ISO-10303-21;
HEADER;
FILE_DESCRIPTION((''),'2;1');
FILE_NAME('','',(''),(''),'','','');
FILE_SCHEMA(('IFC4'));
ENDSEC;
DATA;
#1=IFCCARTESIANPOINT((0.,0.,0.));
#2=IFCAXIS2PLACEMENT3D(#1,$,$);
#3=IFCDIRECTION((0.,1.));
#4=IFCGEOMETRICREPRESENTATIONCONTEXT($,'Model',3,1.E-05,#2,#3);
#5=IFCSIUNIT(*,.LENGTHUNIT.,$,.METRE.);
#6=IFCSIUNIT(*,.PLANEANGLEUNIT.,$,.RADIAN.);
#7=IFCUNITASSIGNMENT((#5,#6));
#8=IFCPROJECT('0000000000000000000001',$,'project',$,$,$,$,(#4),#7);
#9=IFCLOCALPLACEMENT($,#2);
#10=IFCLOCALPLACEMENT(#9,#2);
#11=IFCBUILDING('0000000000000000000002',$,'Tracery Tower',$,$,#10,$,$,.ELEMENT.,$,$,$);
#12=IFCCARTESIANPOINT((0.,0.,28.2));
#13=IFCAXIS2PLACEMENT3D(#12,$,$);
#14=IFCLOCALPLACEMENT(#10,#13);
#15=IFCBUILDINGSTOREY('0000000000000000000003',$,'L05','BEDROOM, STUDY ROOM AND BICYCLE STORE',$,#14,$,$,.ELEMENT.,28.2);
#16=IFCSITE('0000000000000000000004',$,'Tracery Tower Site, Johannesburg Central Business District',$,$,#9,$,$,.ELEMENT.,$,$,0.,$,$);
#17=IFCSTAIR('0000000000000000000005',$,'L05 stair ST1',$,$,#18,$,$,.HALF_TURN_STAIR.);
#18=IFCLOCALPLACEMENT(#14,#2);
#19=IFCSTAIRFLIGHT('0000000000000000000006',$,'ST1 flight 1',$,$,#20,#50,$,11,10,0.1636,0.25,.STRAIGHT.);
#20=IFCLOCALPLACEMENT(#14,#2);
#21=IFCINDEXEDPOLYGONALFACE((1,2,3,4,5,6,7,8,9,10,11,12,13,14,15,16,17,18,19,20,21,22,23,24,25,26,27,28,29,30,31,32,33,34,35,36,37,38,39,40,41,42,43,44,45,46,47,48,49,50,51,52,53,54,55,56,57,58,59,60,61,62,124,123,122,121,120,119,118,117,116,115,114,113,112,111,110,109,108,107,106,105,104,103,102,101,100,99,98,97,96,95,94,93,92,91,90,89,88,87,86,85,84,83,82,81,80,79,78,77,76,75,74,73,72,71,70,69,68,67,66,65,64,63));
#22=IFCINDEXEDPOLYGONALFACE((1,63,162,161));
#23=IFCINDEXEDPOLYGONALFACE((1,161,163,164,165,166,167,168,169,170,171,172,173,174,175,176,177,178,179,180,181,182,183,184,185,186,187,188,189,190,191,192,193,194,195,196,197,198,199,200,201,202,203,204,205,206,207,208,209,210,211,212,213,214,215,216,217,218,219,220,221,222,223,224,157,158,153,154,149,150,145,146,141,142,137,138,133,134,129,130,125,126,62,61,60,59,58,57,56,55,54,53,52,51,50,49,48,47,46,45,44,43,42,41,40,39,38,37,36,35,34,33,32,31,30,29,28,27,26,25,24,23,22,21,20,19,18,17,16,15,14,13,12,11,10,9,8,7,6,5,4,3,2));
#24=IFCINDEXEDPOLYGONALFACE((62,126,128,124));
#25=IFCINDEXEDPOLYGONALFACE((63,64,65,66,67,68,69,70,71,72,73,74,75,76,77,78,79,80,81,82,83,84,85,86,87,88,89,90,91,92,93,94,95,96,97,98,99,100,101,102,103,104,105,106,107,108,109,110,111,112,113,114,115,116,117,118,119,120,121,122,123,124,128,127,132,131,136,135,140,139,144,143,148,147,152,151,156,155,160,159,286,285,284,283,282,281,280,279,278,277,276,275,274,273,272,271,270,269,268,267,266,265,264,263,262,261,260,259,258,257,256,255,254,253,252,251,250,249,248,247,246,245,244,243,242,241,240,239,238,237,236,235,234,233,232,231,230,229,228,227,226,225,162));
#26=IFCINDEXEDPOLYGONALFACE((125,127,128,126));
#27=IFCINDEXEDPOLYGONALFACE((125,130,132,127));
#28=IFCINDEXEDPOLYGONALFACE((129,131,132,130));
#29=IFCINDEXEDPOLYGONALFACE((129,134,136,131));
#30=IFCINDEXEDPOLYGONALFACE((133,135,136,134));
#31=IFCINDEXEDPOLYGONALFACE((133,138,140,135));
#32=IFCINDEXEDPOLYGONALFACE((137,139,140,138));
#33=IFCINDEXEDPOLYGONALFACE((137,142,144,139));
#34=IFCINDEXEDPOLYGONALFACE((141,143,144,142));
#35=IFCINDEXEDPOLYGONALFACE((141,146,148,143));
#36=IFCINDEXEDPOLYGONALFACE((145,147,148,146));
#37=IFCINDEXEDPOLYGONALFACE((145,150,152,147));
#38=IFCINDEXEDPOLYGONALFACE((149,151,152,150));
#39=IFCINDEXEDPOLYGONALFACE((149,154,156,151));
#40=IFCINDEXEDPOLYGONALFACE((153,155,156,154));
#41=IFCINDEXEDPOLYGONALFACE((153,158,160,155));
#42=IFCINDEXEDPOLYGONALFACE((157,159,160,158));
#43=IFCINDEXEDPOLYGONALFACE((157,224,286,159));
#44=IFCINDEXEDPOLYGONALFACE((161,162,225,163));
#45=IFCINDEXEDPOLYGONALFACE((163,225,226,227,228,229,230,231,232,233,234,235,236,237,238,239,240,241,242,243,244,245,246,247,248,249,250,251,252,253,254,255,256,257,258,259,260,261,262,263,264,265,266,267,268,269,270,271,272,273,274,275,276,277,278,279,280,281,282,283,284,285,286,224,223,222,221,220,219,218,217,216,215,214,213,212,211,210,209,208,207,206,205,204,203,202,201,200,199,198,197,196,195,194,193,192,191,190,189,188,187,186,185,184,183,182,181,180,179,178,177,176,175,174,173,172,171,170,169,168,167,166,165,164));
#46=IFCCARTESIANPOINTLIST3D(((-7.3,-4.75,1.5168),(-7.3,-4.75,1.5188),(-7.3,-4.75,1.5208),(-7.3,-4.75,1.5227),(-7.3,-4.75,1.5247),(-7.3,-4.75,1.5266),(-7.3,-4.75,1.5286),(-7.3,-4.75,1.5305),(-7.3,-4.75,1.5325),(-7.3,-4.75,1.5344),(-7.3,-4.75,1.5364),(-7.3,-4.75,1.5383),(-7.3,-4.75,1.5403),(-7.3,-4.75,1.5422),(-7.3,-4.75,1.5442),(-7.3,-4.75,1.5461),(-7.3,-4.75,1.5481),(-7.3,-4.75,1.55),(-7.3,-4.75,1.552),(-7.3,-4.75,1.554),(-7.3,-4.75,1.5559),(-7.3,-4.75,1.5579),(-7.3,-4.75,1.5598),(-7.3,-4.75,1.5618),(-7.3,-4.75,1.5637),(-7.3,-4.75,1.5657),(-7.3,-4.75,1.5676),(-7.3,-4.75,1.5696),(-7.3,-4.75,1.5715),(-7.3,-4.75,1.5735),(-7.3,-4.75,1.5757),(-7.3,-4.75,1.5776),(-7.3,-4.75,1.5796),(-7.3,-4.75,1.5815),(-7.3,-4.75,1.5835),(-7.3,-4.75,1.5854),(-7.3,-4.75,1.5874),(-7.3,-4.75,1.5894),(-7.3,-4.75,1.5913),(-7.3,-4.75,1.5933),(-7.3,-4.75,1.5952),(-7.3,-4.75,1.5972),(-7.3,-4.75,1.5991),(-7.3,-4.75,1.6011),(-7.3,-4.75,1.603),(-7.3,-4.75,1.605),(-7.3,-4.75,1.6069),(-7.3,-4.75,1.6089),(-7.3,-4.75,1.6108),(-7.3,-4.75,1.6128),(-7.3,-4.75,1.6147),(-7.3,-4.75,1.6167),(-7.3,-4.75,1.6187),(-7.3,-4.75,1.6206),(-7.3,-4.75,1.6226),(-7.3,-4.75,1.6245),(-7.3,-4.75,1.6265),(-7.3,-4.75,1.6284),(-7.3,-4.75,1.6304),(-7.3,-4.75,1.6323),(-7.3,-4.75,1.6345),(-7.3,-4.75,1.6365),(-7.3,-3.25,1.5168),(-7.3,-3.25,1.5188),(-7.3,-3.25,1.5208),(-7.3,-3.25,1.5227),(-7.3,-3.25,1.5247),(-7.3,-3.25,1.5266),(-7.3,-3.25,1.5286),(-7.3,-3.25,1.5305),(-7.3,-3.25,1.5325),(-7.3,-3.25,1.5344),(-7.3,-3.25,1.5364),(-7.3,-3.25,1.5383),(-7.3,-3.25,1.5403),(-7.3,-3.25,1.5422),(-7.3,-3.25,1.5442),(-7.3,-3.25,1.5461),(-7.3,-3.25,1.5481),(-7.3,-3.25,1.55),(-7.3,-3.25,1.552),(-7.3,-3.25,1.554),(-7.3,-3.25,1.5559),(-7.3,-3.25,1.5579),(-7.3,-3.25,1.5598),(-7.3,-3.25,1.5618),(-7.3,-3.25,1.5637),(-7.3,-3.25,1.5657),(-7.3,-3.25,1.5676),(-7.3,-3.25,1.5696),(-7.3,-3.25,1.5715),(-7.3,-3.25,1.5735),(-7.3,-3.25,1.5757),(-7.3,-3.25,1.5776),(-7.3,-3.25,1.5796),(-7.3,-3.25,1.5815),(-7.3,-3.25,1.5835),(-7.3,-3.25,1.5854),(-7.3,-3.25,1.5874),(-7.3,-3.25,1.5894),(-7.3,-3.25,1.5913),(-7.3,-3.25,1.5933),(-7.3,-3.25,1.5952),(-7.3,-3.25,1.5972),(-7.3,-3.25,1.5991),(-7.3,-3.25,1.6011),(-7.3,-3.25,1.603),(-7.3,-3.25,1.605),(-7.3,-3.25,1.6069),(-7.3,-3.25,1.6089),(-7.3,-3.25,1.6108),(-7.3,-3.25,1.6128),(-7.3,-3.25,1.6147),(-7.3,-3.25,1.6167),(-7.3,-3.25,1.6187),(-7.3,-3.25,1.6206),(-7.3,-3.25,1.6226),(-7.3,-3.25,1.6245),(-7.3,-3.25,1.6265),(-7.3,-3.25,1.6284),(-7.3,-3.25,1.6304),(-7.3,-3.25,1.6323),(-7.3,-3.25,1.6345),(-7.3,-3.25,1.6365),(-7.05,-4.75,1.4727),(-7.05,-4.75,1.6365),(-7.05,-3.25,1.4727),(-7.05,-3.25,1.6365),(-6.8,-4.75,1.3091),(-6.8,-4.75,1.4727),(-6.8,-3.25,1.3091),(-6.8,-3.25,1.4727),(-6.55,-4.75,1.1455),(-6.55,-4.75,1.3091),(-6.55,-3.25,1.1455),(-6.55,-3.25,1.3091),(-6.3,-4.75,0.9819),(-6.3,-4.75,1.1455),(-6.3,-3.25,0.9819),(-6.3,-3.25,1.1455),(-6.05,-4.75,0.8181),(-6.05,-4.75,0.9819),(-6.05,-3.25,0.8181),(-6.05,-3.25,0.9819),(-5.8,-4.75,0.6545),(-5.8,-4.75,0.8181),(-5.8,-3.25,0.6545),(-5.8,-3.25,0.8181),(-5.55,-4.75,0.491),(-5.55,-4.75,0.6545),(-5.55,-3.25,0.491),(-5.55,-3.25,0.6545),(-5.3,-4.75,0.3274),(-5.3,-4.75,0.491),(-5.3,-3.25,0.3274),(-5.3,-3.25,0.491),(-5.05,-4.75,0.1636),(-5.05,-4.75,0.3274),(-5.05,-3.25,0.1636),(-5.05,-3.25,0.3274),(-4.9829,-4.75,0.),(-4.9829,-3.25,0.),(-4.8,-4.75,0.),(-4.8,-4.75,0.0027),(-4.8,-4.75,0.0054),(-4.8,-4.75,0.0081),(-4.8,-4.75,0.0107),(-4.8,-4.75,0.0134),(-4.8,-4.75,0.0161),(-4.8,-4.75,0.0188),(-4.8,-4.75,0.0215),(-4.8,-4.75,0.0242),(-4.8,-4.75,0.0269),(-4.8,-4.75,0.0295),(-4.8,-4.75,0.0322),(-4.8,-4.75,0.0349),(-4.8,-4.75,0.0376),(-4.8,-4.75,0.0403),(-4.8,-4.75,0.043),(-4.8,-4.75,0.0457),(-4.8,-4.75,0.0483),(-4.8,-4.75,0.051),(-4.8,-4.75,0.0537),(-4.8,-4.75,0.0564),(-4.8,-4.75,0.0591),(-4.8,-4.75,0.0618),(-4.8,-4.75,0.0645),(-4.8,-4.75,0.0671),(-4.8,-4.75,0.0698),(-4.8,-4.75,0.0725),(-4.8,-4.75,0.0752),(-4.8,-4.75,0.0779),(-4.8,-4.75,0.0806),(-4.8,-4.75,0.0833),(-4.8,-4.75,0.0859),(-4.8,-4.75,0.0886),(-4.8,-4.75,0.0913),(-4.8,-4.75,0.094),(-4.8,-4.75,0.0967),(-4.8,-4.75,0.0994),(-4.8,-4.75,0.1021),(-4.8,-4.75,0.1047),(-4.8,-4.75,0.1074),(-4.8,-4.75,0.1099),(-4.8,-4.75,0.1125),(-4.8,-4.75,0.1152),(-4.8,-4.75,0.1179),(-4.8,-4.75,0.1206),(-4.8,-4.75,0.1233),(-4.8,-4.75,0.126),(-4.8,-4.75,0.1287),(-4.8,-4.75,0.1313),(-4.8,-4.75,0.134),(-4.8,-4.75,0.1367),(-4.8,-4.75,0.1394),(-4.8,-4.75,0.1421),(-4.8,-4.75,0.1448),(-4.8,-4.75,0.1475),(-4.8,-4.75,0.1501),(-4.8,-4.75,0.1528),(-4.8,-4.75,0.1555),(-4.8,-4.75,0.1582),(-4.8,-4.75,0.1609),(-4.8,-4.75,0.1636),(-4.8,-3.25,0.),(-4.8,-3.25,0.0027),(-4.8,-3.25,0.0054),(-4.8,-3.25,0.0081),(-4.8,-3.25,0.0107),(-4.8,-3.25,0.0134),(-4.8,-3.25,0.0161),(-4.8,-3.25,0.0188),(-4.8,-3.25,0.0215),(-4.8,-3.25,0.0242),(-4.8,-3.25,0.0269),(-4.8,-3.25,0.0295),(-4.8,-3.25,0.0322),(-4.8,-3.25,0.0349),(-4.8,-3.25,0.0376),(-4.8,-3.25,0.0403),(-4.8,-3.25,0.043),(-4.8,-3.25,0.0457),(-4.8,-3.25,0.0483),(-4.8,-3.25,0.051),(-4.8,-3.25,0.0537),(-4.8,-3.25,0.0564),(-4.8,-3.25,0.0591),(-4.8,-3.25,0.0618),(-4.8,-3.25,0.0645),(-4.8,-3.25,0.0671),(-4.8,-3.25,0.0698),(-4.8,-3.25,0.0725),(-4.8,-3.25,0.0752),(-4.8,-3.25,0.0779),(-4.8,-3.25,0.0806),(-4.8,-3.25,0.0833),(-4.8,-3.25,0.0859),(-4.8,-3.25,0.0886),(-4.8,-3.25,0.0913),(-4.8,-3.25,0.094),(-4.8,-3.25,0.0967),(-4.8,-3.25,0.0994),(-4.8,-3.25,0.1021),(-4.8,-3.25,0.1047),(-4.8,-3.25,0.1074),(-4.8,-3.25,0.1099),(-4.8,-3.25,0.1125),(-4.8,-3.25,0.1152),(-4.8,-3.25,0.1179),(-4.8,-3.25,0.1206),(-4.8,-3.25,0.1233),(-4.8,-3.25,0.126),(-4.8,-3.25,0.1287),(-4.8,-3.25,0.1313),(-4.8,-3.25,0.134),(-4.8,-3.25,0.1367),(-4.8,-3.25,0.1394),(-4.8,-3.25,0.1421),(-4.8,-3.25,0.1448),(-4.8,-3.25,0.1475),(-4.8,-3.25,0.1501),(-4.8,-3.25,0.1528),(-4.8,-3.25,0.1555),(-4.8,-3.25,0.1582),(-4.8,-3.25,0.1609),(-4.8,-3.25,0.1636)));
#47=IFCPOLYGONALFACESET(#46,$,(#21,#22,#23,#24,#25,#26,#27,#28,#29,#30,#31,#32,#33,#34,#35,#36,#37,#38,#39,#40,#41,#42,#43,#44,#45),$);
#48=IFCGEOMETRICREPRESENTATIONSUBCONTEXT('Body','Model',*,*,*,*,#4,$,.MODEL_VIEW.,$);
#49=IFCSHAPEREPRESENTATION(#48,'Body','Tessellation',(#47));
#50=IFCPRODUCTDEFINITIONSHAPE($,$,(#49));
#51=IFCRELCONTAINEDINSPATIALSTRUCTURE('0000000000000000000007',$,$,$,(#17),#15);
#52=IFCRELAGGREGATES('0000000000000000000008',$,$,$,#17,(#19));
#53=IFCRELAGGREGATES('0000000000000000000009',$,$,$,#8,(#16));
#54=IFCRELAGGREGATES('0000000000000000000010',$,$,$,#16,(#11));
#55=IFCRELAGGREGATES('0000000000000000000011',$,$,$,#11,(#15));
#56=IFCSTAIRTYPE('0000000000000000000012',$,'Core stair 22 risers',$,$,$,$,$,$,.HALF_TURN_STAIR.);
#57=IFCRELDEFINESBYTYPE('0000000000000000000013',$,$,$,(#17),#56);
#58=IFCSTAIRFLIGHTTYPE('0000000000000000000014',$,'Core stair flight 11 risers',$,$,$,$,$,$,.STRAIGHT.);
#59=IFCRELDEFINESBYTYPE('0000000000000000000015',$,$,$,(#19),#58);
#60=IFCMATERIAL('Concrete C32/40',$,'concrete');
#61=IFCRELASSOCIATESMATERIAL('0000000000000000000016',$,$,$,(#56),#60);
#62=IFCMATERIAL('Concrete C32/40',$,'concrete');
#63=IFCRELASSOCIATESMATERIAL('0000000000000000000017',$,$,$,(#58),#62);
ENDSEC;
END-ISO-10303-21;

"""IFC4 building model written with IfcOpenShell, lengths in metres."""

from ifc_helpers import new_model, si_unit, direction, frame, origin, place, context, subcontext, project, spatial, polyline, outline, extrude, material, type_object, element, aggregate, save


model = new_model("IFC4")

# Units and contexts
model_context = context("Model", 3, precision=1e-05, world=origin(), true_north=direction((0.0, 1.0)))
body_context = subcontext(model_context, "Body", "Model", "MODEL_VIEW")
ifc_project = project(units=[si_unit("LENGTHUNIT", "METRE"), si_unit("PLANEANGLEUNIT", "RADIAN")], contexts=[model_context])

# Site, building, storey
site_placement = place(None, origin())
site = spatial("IfcSite", under=ifc_project, at=site_placement, Name="Tracery Tower Site, Johannesburg Central Business District", CompositionType="ELEMENT", RefElevation=0.0)
building_placement = place(site_placement, origin())
building = spatial("IfcBuilding", under=site, at=building_placement, Name="Tracery Tower", CompositionType="ELEMENT")
storey_placement = place(building_placement, frame((0.0, 0.0, 28.2)))
storey = spatial("IfcBuildingStorey", under=building, at=storey_placement, Name="L05", Description="BEDROOM, STUDY ROOM AND BICYCLE STORE", CompositionType="ELEMENT", Elevation=28.2)

# Stair, stair flight
ifc_material_1 = material(Name="Concrete C32/40", Category="concrete")
stair_type = type_object("IfcStairType", Name="Core stair 22 risers", PredefinedType="HALF_TURN_STAIR", material=ifc_material_1)
stair_placement = place(storey_placement, origin())
stair = element("IfcStair", 1, at=stair_placement, inside=storey, type_object=stair_type, Name="L05 stair ST1", PredefinedType="HALF_TURN_STAIR")
ifc_material_2 = material(Name="Concrete C32/40", Category="concrete")
stair_flight_type = type_object("IfcStairFlightType", Name="Core stair flight 11 risers", PredefinedType="STRAIGHT", material=ifc_material_2)
stair_flight_1_placement = place(storey_placement, frame((-4.8, -4.0, 0.0), z_axis=(0.0, 0.0, 1.0), x_axis=(-1.0, 0.0, 0.0)))
stair_flight_1 = element("IfcStairFlight", 2, at=stair_flight_1_placement, type_object=stair_flight_type, Name="ST1 flight 1", NumberOfRisers=11, NumberOfTreads=10, PredefinedType="STRAIGHT", RiserHeight=0.1636, TreadLength=0.25, context=body_context, shape_type="SweptSolid", body=[
    extrude(outline(polyline([(0.0, 0.0), (0.0, 0.0027), (0.0, 0.0054), (0.0, 0.0081), (0.0, 0.0107), (0.0, 0.0134), (0.0, 0.0161), (0.0, 0.0188), (0.0, 0.0215), (0.0, 0.0242), (0.0, 0.0269), (0.0, 0.0295), (0.0, 0.0322), (0.0, 0.0349), (0.0, 0.0376), (0.0, 0.0403), (0.0, 0.043), (0.0, 0.0457), (0.0, 0.0483), (0.0, 0.051), (0.0, 0.0537), (0.0, 0.0564), (0.0, 0.0591), (0.0, 0.0618), (0.0, 0.0645), (0.0, 0.0671), (0.0, 0.0698), (0.0, 0.0725), (0.0, 0.0752), (0.0, 0.0779), (0.0, 0.0806), (0.0, 0.0833), (0.0, 0.0859), (0.0, 0.0886), (0.0, 0.0913), (0.0, 0.094), (0.0, 0.0967), (0.0, 0.0994), (0.0, 0.1021), (0.0, 0.1047), (0.0, 0.1074), (0.0, 0.1099), (0.0, 0.1125), (0.0, 0.1152), (0.0, 0.1179), (0.0, 0.1206), (0.0, 0.1233), (0.0, 0.126), (0.0, 0.1287), (0.0, 0.1313), (0.0, 0.134), (0.0, 0.1367), (0.0, 0.1394), (0.0, 0.1421), (0.0, 0.1448), (0.0, 0.1475), (0.0, 0.1501), (0.0, 0.1528), (0.0, 0.1555), (0.0, 0.1582), (0.0, 0.1609), (0.0, 0.1636), (0.25, 0.1636), (0.25, 0.3274), (0.5, 0.3274), (0.5, 0.491), (0.75, 0.491), (0.75, 0.6545), (1.0, 0.6545), (1.0, 0.8181), (1.25, 0.8181), (1.25, 0.9819), (1.5, 0.9819), (1.5, 1.1455), (1.75, 1.1455), (1.75, 1.3091), (2.0, 1.3091), (2.0, 1.4727), (2.25, 1.4727), (2.25, 1.6365), (2.5, 1.6365), (2.5, 1.6345), (2.5, 1.6323), (2.5, 1.6304), (2.5, 1.6284), (2.5, 1.6265), (2.5, 1.6245), (2.5, 1.6226), (2.5, 1.6206), (2.5, 1.6187), (2.5, 1.6167), (2.5, 1.6147), (2.5, 1.6128), (2.5, 1.6108), (2.5, 1.6089), (2.5, 1.6069), (2.5, 1.605), (2.5, 1.603), (2.5, 1.6011), (2.5, 1.5991), (2.5, 1.5972), (2.5, 1.5952), (2.5, 1.5933), (2.5, 1.5913), (2.5, 1.5894), (2.5, 1.5874), (2.5, 1.5854), (2.5, 1.5835), (2.5, 1.5815), (2.5, 1.5796), (2.5, 1.5776), (2.5, 1.5757), (2.5, 1.5735), (2.5, 1.5715), (2.5, 1.5696), (2.5, 1.5676), (2.5, 1.5657), (2.5, 1.5637), (2.5, 1.5618), (2.5, 1.5598), (2.5, 1.5579), (2.5, 1.5559), (2.5, 1.554), (2.5, 1.552), (2.5, 1.55), (2.5, 1.5481), (2.5, 1.5461), (2.5, 1.5442), (2.5, 1.5422), (2.5, 1.5403), (2.5, 1.5383), (2.5, 1.5364), (2.5, 1.5344), (2.5, 1.5325), (2.5, 1.5305), (2.5, 1.5286), (2.5, 1.5266), (2.5, 1.5247), (2.5, 1.5227), (2.5, 1.5208), (2.5, 1.5188), (2.5, 1.5168), (0.1829, 0.0), (0.0, 0.0)])), frame((0.0, 0.75, 0.0), z_axis=(0.0, -1.0, 0.0), x_axis=(1.0, 0.0, 0.0)), (0.0, 0.0, 1.0), 1.5),
])
aggregate(stair, [stair_flight_1])

save(model, "model.ifc")
